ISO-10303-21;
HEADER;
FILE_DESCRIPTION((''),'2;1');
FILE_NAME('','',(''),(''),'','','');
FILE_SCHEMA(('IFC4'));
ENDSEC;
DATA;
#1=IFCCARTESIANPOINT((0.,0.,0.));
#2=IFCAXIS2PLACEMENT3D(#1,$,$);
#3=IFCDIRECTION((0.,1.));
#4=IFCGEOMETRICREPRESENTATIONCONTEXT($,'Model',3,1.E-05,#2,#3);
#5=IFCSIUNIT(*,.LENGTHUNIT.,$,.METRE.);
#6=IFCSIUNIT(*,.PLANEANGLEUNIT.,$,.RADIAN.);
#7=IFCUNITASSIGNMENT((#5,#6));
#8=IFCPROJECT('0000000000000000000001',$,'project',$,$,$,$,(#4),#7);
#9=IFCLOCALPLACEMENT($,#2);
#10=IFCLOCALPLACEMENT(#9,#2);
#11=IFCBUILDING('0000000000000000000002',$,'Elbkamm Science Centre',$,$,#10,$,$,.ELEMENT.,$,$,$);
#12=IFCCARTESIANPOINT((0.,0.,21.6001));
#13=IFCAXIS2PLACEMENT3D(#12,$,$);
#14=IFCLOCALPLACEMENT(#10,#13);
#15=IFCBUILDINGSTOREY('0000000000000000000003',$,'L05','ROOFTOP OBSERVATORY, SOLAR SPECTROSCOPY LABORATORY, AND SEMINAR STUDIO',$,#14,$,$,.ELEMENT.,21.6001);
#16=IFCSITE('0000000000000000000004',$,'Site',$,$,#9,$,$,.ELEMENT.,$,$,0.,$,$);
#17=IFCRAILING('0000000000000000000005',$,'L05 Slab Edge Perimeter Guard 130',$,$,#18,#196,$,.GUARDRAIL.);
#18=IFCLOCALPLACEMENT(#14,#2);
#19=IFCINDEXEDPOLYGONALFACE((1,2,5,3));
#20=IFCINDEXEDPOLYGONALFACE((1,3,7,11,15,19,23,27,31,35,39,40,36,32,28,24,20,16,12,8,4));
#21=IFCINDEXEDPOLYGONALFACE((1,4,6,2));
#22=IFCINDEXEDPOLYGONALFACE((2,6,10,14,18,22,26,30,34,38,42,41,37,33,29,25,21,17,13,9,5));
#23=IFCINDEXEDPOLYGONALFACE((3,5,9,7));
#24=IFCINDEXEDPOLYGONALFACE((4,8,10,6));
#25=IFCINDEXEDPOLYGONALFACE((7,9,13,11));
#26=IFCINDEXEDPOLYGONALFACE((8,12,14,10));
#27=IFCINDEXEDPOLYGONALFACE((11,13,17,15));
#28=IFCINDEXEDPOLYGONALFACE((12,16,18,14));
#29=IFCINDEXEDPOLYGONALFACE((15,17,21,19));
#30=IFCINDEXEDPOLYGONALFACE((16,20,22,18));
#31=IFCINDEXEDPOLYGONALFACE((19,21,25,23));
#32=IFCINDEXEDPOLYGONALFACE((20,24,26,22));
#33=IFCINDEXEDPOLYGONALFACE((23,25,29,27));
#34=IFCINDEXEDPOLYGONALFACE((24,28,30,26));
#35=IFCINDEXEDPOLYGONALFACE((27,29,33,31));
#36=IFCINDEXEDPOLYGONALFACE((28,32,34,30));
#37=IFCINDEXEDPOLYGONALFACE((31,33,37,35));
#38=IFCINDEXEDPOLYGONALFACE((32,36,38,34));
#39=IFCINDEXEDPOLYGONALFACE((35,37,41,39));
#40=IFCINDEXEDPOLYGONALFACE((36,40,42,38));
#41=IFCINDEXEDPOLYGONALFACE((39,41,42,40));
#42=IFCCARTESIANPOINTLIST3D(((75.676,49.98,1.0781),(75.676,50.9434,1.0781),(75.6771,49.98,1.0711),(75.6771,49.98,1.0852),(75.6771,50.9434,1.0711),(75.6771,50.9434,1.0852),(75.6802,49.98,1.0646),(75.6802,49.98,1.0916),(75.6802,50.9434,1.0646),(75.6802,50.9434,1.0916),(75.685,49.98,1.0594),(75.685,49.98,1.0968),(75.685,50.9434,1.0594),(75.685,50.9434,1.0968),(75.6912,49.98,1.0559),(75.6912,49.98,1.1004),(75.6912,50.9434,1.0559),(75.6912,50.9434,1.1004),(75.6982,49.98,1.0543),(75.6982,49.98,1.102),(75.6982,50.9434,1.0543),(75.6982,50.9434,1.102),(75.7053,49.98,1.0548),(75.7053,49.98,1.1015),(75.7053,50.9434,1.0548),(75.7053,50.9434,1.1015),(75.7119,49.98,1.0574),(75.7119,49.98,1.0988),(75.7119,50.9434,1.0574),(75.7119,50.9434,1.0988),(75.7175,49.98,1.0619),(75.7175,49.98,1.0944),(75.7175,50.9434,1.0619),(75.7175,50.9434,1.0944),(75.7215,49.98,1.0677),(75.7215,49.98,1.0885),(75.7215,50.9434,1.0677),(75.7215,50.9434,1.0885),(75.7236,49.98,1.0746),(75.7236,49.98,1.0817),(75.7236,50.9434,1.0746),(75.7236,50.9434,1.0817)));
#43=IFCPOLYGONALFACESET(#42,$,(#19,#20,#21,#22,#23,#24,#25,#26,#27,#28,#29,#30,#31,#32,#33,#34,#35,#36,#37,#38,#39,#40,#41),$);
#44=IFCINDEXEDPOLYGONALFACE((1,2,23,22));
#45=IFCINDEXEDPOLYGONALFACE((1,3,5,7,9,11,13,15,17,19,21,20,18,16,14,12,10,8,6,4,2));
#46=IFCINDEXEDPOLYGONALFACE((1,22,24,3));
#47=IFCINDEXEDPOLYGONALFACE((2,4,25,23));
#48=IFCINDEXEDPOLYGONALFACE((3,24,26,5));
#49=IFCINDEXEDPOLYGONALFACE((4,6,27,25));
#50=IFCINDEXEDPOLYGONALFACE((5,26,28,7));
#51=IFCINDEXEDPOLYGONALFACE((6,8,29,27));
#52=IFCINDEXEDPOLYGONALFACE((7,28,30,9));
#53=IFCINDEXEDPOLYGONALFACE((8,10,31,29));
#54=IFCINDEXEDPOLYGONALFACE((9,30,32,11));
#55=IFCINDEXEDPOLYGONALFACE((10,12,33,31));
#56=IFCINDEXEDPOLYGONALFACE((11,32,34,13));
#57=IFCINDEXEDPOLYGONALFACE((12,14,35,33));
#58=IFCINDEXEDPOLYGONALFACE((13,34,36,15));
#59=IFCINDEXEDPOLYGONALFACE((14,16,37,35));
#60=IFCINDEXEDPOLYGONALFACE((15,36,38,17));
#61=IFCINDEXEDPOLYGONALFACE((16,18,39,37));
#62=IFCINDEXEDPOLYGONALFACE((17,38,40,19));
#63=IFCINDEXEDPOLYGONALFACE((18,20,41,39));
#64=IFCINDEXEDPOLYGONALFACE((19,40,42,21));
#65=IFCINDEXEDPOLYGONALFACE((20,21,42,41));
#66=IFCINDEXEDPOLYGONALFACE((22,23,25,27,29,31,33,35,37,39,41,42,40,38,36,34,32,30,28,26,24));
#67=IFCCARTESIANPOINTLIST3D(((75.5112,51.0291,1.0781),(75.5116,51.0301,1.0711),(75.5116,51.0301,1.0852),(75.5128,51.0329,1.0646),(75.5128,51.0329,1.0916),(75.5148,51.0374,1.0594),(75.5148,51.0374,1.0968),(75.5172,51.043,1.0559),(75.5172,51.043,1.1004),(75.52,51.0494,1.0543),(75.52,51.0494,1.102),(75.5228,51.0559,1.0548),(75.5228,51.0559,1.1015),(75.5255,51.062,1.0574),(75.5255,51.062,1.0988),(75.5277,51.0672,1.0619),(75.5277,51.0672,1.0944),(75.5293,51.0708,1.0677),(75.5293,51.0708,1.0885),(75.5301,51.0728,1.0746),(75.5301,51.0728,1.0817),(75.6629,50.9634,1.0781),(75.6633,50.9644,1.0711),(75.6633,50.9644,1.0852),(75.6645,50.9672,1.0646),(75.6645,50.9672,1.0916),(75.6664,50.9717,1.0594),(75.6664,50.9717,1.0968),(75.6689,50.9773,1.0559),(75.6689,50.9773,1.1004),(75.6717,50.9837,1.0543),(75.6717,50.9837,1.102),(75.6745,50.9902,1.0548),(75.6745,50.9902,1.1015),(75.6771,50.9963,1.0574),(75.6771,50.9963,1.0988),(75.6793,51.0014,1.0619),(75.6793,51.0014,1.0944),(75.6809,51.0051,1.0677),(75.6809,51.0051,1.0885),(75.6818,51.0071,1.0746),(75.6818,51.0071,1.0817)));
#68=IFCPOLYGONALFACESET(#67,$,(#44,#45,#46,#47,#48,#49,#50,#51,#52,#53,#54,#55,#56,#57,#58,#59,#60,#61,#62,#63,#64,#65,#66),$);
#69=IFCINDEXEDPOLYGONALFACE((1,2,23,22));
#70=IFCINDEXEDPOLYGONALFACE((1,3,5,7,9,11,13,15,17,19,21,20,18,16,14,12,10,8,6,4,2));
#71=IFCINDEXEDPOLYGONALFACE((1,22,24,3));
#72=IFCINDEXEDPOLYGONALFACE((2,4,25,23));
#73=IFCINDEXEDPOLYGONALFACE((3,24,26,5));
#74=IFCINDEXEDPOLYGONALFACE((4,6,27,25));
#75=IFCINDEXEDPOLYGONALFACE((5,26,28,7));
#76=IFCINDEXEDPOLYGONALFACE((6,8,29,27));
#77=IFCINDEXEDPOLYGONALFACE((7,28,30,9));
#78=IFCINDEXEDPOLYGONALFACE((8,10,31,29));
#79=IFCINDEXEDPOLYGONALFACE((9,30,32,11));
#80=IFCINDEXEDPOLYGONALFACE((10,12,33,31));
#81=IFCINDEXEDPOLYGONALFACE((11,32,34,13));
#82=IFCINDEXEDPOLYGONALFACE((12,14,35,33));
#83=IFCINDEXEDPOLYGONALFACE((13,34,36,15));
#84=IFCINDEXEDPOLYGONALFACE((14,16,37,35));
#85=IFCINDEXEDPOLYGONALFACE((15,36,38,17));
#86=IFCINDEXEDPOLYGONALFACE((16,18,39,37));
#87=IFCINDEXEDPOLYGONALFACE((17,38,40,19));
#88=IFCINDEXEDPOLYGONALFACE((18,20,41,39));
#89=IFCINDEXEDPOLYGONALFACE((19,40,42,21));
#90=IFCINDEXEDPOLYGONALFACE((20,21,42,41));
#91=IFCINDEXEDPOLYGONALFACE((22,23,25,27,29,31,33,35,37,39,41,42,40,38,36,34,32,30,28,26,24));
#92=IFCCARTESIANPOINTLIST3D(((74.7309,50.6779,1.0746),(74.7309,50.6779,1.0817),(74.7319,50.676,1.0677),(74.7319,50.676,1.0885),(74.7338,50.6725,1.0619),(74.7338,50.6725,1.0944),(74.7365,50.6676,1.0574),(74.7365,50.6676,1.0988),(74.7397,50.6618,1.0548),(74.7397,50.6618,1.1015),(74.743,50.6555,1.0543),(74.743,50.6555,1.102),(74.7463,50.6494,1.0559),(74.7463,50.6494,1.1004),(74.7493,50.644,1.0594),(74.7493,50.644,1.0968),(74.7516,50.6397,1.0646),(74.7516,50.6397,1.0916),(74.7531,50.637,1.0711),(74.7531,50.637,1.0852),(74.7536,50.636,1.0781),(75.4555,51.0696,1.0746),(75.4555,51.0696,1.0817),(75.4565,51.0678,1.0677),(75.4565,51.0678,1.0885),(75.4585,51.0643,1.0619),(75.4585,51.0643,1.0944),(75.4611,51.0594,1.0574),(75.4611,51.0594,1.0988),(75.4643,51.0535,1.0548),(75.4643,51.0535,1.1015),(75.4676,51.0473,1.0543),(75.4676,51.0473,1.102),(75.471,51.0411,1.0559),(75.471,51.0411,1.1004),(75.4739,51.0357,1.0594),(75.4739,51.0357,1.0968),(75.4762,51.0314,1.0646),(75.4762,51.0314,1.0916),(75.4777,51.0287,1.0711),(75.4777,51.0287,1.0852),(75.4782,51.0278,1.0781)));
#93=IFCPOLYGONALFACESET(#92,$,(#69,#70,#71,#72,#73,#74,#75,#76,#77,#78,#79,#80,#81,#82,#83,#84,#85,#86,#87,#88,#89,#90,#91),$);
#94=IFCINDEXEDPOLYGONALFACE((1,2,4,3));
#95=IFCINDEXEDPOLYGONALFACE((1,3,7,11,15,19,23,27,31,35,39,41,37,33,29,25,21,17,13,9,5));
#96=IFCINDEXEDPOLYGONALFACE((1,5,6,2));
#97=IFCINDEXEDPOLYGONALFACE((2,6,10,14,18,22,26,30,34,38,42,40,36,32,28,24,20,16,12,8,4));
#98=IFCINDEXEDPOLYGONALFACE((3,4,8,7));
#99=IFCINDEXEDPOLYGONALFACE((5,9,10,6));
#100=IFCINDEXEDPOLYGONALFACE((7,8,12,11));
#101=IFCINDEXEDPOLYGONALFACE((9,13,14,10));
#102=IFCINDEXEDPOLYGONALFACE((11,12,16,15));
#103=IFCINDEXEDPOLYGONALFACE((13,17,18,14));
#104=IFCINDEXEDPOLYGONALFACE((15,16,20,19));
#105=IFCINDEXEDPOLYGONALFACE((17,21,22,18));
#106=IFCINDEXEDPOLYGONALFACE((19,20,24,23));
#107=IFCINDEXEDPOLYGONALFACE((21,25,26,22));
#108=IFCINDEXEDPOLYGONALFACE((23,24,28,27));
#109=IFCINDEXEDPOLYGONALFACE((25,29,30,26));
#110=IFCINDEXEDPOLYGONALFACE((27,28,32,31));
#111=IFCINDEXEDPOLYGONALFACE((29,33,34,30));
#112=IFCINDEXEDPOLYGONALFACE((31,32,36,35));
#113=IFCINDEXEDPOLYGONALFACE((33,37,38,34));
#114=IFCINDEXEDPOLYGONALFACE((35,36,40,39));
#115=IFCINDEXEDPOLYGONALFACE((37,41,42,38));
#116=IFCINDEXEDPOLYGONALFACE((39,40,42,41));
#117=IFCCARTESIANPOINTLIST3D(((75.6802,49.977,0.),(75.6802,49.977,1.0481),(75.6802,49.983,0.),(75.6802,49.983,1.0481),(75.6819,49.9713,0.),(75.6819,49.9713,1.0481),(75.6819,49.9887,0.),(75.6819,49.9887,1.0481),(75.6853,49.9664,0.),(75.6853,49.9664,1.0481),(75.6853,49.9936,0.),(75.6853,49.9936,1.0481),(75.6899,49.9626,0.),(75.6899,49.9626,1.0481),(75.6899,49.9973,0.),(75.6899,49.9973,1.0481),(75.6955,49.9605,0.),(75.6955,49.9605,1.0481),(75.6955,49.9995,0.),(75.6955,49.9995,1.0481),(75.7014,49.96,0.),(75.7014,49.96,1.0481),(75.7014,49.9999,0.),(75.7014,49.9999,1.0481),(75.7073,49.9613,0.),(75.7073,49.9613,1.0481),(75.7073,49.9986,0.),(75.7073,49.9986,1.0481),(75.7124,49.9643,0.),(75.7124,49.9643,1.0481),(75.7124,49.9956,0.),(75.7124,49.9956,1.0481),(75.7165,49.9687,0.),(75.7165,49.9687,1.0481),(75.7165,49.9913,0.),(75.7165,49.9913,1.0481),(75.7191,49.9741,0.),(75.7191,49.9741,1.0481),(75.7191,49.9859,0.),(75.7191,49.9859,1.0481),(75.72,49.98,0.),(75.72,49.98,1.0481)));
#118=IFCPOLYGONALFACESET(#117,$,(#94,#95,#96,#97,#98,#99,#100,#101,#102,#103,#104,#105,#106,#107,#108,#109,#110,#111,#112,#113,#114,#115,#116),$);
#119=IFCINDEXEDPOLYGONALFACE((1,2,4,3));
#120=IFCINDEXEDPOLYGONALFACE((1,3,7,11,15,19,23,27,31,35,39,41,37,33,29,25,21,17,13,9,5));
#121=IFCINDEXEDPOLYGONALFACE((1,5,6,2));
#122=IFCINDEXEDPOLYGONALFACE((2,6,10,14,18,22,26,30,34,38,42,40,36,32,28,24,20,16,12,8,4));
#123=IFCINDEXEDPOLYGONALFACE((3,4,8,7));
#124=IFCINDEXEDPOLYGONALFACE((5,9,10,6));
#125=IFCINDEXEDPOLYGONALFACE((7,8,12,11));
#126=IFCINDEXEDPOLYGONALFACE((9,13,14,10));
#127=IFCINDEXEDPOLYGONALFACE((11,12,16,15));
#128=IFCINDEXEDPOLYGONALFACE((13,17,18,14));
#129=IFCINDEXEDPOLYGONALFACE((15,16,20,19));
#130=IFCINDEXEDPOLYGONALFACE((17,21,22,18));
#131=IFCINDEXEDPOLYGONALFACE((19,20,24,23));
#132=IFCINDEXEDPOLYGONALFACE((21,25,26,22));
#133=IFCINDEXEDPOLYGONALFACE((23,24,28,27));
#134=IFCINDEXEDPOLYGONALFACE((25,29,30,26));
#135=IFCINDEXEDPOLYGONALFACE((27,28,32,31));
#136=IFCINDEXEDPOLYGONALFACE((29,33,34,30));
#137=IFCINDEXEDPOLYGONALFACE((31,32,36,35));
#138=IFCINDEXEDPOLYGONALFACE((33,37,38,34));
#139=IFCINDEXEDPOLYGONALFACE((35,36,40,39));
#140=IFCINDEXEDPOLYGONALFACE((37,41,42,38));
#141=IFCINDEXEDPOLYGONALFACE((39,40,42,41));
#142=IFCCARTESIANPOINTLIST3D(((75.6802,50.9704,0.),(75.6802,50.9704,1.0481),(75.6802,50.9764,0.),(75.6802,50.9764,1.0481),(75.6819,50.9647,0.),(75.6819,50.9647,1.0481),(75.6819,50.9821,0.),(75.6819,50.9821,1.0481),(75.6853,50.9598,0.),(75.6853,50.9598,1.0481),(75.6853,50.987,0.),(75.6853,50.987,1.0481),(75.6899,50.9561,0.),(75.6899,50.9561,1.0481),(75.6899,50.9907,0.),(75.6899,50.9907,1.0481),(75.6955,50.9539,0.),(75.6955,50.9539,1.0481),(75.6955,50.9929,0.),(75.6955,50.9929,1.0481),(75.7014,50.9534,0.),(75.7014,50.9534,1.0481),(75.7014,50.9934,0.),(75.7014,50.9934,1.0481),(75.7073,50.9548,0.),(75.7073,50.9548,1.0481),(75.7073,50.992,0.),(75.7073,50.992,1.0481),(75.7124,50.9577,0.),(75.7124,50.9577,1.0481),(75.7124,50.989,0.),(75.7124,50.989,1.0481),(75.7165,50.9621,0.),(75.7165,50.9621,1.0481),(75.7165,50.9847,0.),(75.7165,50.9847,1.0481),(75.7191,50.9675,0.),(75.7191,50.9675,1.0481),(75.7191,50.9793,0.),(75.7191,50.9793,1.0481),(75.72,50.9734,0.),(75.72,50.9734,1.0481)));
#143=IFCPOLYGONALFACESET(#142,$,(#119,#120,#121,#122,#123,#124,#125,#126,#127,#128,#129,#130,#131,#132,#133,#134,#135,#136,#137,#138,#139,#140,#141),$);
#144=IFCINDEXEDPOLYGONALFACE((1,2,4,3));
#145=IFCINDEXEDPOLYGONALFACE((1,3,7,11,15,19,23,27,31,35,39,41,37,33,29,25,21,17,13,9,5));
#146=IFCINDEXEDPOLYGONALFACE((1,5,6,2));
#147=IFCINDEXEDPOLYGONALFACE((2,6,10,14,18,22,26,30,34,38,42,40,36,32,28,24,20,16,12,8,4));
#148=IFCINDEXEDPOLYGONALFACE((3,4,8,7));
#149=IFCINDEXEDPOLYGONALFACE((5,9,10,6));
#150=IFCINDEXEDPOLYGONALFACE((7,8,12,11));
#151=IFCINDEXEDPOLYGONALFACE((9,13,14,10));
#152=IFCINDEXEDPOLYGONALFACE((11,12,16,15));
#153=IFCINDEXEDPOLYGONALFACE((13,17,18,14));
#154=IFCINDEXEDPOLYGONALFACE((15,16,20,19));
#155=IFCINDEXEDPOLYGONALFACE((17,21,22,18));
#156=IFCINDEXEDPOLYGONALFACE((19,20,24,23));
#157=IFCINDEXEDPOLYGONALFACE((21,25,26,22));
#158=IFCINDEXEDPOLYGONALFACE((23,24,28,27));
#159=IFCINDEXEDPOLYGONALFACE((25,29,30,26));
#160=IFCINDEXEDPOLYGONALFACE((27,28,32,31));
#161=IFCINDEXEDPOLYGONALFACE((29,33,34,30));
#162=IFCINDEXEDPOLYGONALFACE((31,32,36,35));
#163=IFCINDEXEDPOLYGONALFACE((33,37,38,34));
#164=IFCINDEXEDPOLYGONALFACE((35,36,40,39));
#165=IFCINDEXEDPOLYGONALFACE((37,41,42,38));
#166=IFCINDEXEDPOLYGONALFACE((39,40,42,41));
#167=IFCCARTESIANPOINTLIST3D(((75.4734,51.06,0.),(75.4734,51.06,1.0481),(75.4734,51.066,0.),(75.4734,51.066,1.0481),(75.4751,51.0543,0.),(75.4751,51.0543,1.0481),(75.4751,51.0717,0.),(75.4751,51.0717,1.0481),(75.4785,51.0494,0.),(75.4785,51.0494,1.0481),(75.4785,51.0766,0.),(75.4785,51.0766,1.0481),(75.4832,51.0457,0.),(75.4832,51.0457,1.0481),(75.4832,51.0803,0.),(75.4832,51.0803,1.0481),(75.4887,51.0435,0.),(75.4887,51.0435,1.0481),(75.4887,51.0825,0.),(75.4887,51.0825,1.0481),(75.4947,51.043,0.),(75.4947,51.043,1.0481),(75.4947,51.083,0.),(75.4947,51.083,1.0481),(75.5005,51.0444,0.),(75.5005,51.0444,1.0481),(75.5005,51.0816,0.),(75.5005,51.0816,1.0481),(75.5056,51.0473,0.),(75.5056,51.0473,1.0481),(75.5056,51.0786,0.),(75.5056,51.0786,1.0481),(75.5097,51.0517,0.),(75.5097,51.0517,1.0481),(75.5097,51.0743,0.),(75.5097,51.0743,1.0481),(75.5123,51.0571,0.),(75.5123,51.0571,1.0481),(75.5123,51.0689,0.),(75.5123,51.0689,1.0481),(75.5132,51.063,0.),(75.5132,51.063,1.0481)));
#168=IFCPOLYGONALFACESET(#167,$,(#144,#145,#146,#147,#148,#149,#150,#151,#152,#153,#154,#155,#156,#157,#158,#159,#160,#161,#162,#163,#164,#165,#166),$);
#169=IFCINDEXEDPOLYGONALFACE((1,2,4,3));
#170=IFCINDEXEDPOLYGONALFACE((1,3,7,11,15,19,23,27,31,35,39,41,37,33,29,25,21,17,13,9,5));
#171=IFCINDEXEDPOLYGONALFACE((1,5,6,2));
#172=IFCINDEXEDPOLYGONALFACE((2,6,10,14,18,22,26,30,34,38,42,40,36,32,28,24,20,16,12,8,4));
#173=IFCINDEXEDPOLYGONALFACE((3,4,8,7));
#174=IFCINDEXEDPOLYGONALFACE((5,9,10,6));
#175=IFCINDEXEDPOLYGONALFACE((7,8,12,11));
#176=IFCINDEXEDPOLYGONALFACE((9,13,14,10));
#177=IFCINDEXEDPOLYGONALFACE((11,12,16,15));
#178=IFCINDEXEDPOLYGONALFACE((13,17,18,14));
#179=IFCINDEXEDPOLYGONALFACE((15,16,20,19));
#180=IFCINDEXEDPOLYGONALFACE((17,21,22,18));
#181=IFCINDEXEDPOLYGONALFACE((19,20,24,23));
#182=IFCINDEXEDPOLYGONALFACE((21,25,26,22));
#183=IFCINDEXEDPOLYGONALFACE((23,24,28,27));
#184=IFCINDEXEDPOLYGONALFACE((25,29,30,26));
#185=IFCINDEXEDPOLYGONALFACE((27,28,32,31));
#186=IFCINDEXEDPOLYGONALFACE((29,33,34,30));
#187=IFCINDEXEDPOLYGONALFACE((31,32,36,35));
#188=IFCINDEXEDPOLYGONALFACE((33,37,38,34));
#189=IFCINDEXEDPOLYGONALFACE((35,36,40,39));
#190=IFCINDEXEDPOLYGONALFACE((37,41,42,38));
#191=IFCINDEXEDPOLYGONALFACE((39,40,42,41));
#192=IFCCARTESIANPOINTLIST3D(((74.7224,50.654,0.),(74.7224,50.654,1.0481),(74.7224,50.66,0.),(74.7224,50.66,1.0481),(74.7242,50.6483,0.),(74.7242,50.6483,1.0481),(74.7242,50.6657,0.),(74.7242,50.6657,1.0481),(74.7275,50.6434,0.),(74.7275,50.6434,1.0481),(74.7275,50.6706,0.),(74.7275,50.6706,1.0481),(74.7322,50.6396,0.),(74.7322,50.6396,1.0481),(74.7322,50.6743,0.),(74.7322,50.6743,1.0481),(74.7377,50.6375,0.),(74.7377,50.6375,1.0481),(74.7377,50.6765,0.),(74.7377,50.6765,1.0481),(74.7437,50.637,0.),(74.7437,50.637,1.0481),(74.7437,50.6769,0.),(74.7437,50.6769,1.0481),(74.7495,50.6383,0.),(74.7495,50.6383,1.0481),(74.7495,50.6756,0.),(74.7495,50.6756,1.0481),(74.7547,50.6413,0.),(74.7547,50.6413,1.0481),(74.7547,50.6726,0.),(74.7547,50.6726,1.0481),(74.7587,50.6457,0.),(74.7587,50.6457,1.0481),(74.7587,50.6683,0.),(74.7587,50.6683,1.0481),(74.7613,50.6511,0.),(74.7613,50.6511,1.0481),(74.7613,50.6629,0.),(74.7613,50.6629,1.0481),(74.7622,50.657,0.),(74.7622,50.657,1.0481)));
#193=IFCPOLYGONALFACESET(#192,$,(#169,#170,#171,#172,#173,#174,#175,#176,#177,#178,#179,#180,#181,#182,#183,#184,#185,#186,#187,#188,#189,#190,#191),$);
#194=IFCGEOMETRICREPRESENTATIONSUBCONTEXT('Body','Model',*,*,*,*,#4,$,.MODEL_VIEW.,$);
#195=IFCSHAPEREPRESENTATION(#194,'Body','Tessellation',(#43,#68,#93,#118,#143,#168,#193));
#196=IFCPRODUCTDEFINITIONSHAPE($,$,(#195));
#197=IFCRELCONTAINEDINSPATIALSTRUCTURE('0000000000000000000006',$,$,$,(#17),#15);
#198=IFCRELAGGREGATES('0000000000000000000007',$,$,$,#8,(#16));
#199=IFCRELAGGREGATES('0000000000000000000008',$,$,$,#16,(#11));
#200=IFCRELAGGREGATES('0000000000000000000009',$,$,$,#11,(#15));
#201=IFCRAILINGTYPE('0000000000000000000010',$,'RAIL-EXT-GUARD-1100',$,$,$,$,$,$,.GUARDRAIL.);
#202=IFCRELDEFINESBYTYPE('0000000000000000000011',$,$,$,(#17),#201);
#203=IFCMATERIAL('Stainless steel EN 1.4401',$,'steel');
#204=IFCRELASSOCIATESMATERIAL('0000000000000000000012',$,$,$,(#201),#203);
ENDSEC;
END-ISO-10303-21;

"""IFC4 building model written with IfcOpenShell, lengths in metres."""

from ifc_helpers import new_model, si_unit, direction, frame, origin, origin_2d, place, context, subcontext, project, spatial, circle, extrude, material, type_object, element, save


model = new_model("IFC4")

# Units and contexts
model_context = context("Model", 3, precision=1e-05, world=origin(), true_north=direction((0.0, 1.0)))
body_context = subcontext(model_context, "Body", "Model", "MODEL_VIEW")
ifc_project = project(units=[si_unit("LENGTHUNIT", "METRE"), si_unit("PLANEANGLEUNIT", "RADIAN")], contexts=[model_context])

# Site, building, storey
site_placement = place(None, origin())
site = spatial("IfcSite", under=ifc_project, at=site_placement, Name="Site", CompositionType="ELEMENT", RefElevation=0.0)
building_placement = place(site_placement, origin())
building = spatial("IfcBuilding", under=site, at=building_placement, Name="Elbkamm Science Centre", CompositionType="ELEMENT")
storey_placement = place(building_placement, frame((0.0, 0.0, 21.6001)))
storey = spatial("IfcBuildingStorey", under=building, at=storey_placement, Name="L05", Description="ROOFTOP OBSERVATORY, SOLAR SPECTROSCOPY LABORATORY, AND SEMINAR STUDIO", CompositionType="ELEMENT", Elevation=21.6001)

# Railing
ifc_material_1 = material(Name="Stainless steel EN 1.4401", Category="steel")
railing_type_1 = type_object("IfcRailingType", Name="RAIL-EXT-GUARD-1100", PredefinedType="GUARDRAIL", material=ifc_material_1)
railing_1_placement = place(storey_placement, frame((75.7, 49.98, 0.0)))
element("IfcRailing", 1, at=railing_1_placement, inside=storey, type_object=railing_type_1, Name="L05 Slab Edge Perimeter Guard 130", PredefinedType="GUARDRAIL", context=body_context, shape_type="SweptSolid", body=[
    extrude(circle(Radius=0.0239, at=origin_2d()), frame((0.0, 0.0, 1.0781), z_axis=(0.0, 1.0, 0.0), x_axis=(-1.0, 0.0, 0.0)), (0.0, 0.0, 1.0), 0.9634),
    extrude(circle(Radius=0.0239, at=origin_2d()), frame((-0.0276, 1.0054, 1.0781), z_axis=(-0.917569, 0.397577, 0.0), x_axis=(-0.397577, -0.917569, 0.0)), (0.0, 0.0, 1.0), 0.1653),
    extrude(circle(Radius=0.0239, at=origin_2d()), frame((-0.2332, 1.0688, 1.0781), z_axis=(-0.879671, -0.475583, 0.0), x_axis=(0.475583, -0.879671, 0.0)), (0.0, 0.0, 1.0), 0.8237),
    extrude(circle(Radius=0.02, at=origin_2d()), origin(), (0.0, 0.0, 1.0), 1.0481),
    extrude(circle(Radius=0.02, at=origin_2d()), frame((0.0, 0.9934, 0.0)), (0.0, 0.0, 1.0), 1.0481),
    extrude(circle(Radius=0.02, at=origin_2d()), frame((-0.2068, 1.083, 0.0)), (0.0, 0.0, 1.0), 1.0481),
    extrude(circle(Radius=0.02, at=origin_2d()), frame((-0.9578, 0.677, 0.0)), (0.0, 0.0, 1.0), 1.0481),
])

save(model, "model.ifc")
